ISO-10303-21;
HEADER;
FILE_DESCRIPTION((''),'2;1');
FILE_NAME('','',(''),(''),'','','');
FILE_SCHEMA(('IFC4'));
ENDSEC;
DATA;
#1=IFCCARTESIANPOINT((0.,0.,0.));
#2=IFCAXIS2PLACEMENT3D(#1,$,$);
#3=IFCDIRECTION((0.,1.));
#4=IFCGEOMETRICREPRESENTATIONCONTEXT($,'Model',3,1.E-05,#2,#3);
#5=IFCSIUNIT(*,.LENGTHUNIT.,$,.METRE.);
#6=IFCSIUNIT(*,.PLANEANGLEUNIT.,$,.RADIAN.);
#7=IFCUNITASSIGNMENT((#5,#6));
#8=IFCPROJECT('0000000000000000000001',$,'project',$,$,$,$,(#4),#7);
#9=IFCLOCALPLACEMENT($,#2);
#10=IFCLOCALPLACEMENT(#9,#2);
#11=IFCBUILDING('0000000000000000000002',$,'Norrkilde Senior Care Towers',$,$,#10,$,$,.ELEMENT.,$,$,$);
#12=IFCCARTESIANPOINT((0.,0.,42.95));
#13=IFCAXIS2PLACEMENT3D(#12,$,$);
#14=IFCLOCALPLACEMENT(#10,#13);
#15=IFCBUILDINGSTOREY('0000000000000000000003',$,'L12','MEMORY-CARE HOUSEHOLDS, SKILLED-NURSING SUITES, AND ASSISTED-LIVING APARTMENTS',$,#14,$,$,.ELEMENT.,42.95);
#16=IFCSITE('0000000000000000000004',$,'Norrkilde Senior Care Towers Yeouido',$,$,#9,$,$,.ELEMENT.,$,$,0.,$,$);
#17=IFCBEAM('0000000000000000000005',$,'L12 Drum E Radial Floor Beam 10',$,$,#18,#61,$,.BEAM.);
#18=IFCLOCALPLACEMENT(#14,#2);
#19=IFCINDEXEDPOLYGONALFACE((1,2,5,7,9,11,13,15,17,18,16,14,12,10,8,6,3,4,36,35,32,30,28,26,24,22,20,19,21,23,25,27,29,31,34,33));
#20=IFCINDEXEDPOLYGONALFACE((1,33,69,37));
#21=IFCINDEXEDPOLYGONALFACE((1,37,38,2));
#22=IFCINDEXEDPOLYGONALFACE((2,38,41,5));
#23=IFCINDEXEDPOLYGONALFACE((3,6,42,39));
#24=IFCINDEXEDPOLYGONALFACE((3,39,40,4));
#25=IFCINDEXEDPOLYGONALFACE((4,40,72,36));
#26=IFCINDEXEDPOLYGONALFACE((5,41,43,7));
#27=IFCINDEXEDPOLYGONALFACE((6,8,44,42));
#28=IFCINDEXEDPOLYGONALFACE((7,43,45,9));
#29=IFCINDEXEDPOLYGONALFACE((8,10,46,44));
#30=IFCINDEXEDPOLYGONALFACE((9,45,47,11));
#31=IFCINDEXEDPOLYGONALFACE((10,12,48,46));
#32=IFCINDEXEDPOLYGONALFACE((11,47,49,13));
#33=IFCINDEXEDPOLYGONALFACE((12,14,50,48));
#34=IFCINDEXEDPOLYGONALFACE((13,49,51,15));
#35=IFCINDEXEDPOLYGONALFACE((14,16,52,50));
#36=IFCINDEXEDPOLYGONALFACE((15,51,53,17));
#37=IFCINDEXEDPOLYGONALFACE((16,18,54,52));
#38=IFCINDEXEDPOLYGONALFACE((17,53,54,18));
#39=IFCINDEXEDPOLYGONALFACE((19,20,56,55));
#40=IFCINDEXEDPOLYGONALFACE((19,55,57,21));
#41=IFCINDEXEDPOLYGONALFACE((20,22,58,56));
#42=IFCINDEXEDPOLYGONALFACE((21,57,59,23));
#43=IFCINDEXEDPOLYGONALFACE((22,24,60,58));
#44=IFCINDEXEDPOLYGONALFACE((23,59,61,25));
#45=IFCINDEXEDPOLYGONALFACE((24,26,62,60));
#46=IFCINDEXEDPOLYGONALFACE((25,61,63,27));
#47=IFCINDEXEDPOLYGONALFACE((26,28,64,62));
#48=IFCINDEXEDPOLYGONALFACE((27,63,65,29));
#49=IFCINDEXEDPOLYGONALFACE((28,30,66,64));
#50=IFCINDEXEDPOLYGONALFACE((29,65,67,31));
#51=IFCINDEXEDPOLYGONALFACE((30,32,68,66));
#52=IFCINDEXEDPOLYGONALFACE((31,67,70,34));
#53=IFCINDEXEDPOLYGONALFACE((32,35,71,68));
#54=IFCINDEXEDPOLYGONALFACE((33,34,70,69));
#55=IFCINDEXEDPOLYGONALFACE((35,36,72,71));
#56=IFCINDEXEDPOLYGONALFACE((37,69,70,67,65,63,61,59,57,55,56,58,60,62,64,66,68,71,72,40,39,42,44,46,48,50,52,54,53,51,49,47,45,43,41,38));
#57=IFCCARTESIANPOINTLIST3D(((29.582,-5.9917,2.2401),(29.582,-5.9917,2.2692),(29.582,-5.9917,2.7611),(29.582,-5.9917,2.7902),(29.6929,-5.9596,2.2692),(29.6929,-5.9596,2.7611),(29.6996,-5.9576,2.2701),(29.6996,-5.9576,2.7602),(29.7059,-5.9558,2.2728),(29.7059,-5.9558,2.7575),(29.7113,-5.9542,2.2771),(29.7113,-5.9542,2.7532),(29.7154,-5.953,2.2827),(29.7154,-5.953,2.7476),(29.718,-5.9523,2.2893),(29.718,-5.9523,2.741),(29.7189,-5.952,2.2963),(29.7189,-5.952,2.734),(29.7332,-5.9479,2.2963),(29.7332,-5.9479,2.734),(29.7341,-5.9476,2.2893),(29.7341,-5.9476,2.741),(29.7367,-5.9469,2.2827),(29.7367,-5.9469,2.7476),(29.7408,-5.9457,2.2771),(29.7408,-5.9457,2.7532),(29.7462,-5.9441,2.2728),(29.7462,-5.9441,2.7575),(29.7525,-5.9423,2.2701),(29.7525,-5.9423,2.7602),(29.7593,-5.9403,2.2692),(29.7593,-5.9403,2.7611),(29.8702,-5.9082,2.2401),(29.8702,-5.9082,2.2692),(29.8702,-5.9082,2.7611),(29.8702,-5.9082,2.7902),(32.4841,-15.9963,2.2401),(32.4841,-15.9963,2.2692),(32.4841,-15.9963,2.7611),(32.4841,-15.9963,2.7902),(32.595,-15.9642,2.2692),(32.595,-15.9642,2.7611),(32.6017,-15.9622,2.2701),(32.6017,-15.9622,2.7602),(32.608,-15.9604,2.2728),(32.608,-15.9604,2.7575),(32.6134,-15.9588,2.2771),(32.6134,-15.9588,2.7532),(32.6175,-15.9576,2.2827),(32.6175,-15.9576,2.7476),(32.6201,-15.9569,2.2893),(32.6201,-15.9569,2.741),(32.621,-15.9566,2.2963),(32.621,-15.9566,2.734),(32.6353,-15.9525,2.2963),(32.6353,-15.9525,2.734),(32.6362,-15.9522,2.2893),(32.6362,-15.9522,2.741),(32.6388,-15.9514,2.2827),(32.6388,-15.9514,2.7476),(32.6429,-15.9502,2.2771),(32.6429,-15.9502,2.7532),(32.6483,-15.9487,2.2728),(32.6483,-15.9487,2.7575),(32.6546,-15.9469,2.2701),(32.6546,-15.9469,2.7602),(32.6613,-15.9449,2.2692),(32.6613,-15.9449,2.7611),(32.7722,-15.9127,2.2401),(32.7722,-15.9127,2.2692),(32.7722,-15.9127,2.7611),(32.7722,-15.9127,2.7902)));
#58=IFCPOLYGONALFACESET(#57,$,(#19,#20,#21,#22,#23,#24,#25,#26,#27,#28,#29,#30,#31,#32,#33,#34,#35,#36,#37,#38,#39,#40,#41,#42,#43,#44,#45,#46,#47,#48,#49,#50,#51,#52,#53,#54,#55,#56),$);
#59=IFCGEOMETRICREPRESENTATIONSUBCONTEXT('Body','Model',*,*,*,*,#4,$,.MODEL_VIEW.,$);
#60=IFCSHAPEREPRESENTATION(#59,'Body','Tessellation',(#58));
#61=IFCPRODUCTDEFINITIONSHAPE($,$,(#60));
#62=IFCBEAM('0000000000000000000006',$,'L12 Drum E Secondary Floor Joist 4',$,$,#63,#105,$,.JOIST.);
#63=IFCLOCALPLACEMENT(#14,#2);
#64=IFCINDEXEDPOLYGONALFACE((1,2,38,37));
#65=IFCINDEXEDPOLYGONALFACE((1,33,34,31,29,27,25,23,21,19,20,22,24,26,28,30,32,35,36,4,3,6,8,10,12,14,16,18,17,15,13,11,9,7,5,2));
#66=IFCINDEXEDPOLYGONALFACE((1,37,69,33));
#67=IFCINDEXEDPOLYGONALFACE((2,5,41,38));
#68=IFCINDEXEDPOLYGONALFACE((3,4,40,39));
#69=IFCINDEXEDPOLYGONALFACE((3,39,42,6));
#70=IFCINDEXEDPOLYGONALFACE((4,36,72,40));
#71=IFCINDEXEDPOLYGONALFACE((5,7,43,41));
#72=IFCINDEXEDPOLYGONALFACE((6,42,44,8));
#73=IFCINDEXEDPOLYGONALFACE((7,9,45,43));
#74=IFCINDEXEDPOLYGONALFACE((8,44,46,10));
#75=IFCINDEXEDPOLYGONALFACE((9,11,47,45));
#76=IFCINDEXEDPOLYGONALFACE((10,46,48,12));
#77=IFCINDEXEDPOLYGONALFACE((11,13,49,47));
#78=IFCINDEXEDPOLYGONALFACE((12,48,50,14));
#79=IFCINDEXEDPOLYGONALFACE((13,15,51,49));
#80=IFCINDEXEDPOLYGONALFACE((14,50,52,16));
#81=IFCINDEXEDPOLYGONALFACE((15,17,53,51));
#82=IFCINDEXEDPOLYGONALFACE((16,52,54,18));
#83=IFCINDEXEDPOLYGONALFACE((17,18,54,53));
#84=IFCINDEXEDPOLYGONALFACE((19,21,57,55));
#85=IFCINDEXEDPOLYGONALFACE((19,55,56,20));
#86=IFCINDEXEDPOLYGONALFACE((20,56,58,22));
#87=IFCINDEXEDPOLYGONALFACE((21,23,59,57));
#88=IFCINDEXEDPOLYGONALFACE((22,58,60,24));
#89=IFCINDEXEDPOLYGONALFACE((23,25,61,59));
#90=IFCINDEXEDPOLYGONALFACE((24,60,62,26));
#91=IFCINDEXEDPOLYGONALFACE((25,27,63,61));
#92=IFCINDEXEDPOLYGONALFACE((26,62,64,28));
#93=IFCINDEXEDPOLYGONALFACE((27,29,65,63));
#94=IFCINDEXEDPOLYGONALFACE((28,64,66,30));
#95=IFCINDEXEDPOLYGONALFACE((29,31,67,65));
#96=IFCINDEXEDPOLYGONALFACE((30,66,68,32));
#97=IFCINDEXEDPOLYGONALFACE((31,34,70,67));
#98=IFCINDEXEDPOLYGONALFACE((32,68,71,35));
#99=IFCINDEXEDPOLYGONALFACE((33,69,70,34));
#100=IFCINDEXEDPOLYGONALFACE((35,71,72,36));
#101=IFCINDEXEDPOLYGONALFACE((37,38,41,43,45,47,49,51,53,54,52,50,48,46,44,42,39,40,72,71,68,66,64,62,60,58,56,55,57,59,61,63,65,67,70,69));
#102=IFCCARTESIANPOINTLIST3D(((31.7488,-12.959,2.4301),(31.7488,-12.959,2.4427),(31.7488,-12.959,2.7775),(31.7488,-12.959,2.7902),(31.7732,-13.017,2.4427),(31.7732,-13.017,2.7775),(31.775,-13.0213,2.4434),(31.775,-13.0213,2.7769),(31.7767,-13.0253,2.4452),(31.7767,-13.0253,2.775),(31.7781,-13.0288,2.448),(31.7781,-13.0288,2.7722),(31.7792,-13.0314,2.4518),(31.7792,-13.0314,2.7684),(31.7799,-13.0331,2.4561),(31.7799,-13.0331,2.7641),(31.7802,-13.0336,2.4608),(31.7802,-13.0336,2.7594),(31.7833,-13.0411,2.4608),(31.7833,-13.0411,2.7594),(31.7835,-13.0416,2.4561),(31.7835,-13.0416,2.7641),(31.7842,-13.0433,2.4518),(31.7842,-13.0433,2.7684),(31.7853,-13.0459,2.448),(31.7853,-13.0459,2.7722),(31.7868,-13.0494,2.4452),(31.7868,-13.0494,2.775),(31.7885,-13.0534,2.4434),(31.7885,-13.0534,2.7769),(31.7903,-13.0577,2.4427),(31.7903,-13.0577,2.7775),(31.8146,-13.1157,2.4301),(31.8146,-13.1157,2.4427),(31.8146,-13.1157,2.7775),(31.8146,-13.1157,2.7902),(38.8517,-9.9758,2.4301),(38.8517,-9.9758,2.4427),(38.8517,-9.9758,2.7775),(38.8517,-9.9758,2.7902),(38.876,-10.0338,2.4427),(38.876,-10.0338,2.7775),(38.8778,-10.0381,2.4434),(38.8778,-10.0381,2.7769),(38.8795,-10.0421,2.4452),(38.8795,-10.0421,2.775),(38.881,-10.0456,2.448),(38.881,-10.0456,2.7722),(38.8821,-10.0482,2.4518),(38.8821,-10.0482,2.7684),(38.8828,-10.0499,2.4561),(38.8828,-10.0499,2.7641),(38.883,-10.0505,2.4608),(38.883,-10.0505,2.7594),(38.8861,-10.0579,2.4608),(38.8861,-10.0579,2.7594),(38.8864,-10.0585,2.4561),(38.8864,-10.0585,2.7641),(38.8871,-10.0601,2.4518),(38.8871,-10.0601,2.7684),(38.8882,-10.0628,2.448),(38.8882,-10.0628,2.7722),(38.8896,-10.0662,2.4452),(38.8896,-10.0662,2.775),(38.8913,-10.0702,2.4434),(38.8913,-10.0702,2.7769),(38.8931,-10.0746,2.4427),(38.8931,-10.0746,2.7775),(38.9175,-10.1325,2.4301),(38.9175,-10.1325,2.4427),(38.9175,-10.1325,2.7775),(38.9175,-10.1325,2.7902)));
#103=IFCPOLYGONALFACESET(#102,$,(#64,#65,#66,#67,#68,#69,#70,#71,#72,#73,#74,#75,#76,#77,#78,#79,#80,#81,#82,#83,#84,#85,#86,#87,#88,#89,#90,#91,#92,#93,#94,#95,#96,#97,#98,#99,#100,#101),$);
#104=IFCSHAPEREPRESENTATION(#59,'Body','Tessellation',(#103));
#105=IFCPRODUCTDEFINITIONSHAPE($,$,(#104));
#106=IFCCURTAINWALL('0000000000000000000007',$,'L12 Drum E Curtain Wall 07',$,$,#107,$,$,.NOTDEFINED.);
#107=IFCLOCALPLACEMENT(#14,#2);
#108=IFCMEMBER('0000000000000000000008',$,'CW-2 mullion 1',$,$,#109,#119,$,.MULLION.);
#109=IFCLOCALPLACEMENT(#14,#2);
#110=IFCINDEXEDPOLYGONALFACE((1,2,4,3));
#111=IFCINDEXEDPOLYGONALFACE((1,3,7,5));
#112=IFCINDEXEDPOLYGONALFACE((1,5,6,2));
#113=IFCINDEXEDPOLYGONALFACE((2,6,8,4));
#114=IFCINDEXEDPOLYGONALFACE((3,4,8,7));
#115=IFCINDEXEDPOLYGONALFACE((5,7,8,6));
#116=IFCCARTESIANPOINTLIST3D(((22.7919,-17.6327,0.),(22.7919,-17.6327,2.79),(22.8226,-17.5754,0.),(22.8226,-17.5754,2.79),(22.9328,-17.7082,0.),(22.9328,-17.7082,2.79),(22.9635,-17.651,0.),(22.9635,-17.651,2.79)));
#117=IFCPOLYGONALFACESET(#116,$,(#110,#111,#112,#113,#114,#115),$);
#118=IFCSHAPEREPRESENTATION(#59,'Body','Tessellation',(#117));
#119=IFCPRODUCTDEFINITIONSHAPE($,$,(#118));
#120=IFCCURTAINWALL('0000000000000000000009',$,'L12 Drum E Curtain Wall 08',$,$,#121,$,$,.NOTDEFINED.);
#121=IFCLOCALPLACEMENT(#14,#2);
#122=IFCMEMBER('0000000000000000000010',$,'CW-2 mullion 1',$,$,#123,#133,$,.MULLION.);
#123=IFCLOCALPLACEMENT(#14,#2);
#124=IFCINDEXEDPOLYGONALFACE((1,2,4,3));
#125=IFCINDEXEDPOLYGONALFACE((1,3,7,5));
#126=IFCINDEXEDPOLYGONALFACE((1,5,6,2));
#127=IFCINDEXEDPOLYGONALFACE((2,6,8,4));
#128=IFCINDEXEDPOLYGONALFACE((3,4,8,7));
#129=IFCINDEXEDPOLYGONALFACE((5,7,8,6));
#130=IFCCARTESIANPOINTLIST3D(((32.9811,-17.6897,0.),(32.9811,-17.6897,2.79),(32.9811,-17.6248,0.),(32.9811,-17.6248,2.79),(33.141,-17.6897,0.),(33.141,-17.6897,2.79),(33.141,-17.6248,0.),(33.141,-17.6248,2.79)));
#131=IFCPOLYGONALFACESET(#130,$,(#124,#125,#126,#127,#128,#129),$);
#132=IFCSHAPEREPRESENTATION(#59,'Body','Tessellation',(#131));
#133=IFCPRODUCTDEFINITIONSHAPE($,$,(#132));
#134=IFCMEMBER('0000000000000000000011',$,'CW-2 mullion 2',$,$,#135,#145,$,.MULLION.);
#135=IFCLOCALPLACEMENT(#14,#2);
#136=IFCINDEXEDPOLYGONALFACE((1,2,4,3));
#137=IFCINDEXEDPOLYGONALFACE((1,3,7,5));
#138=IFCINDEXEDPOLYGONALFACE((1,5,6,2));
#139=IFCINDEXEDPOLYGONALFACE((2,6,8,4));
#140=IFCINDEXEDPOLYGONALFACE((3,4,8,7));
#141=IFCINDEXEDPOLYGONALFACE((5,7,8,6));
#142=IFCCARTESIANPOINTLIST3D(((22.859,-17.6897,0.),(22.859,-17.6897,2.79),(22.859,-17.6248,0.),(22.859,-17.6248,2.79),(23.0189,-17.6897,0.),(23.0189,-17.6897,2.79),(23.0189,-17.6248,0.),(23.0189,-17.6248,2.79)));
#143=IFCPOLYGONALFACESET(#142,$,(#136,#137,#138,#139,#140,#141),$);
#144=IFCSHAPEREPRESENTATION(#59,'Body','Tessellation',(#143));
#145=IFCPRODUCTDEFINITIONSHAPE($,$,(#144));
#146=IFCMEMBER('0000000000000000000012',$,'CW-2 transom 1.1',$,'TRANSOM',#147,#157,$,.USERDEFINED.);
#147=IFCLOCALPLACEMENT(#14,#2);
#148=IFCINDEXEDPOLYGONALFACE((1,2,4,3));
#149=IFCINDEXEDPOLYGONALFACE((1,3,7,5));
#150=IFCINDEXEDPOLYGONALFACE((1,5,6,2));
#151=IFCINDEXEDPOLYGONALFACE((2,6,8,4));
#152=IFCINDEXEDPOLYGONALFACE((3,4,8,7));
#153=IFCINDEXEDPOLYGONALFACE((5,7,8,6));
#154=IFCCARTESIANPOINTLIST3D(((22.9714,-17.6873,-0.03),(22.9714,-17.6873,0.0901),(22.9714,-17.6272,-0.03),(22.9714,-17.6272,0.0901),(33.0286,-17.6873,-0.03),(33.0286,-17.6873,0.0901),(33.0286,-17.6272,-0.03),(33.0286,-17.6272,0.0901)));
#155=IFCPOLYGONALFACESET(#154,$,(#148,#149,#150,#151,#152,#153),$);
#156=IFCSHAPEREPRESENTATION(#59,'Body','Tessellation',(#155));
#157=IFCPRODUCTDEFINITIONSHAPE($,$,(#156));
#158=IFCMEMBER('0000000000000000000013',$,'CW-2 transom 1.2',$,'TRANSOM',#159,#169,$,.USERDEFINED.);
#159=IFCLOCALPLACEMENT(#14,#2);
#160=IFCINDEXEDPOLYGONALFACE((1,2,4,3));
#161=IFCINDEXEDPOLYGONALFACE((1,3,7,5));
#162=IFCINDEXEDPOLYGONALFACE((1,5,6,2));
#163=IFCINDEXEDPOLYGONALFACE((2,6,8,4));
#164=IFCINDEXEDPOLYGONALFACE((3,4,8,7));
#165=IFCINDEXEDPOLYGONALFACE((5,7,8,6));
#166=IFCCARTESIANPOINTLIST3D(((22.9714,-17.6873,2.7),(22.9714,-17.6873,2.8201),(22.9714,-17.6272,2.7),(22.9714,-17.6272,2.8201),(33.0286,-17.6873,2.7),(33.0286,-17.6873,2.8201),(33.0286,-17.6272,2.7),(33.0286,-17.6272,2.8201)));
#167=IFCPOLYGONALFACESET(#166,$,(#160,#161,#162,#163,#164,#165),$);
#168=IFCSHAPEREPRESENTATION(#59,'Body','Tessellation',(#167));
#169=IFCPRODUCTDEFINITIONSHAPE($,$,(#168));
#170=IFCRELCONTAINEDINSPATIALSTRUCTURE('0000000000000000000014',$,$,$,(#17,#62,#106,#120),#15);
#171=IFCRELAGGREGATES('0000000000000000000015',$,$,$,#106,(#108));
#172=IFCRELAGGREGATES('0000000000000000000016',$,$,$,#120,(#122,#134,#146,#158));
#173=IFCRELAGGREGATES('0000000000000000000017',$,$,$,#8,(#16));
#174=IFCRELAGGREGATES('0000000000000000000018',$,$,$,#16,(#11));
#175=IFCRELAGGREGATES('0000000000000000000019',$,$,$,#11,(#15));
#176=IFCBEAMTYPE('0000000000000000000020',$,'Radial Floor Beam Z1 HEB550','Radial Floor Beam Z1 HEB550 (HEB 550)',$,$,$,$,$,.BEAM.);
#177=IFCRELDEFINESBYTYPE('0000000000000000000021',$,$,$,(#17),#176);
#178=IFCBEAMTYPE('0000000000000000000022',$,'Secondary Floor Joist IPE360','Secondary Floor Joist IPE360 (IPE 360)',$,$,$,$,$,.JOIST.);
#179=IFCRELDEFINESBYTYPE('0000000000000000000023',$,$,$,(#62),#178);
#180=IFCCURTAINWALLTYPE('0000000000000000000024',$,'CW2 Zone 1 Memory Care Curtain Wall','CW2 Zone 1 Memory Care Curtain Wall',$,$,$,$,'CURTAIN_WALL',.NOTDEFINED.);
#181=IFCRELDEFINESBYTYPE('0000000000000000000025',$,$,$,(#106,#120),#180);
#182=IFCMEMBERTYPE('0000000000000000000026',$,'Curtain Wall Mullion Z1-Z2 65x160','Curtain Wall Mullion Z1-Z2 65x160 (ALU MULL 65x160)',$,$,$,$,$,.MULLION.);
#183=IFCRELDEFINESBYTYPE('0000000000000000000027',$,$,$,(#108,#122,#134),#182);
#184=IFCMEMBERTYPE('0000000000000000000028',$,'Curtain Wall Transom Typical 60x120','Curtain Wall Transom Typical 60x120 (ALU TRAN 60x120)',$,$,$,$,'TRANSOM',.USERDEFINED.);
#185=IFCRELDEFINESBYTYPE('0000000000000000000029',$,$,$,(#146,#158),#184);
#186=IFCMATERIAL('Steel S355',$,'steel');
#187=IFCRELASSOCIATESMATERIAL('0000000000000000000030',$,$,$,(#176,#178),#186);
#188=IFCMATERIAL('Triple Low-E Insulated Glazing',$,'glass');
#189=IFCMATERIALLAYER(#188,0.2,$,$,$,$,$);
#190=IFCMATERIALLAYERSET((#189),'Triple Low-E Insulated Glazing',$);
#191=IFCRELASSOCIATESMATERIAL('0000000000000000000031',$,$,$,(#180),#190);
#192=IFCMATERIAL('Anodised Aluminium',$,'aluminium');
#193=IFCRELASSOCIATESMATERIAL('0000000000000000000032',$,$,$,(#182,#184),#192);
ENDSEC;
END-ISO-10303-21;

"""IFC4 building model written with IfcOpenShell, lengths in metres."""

from ifc_helpers import new_model, si_unit, direction, frame, origin, origin_2d, place, context, subcontext, project, spatial, rectangle, i_section, extrude, source, transform, mapped, material, layer, layer_set, material_profile, profile_set, type_object, type_shapes, element, aggregate, save


model = new_model("IFC4")

# Units and contexts
model_context = context("Model", 3, precision=1e-05, world=origin(), true_north=direction((0.0, 1.0)))
body_context = subcontext(model_context, "Body", "Model", "MODEL_VIEW")
ifc_project = project(units=[si_unit("LENGTHUNIT", "METRE"), si_unit("PLANEANGLEUNIT", "RADIAN")], contexts=[model_context])

# Site, building, storey
site_placement = place(None, origin())
site = spatial("IfcSite", under=ifc_project, at=site_placement, Name="Norrkilde Senior Care Towers Yeouido", CompositionType="ELEMENT", RefElevation=0.0)
building_placement = place(site_placement, origin())
building = spatial("IfcBuilding", under=site, at=building_placement, Name="Norrkilde Senior Care Towers", CompositionType="ELEMENT")
storey_placement = place(building_placement, frame((0.0, 0.0, 42.95)))
storey = spatial("IfcBuildingStorey", under=building, at=storey_placement, Name="L12", Description="MEMORY-CARE HOUSEHOLDS, SKILLED-NURSING SUITES, AND ASSISTED-LIVING APARTMENTS", CompositionType="ELEMENT", Elevation=42.95)

# Beams
ifc_material_1 = material(Name="Steel S355", Category="steel")
ifc_material_profile_1 = material_profile(ifc_material_1, i_section(OverallWidth=0.3, OverallDepth=0.55, WebThickness=0.0149, FlangeThickness=0.0291, FilletRadius=0.0271, at=origin_2d()), Name="HEB 550")
ifc_profile_set_1 = profile_set([ifc_material_profile_1], Name="Steel S355")
beam_type_1 = type_object("IfcBeamType", Name="Radial Floor Beam Z1 HEB550", Description="Radial Floor Beam Z1 HEB550 (HEB 550)", PredefinedType="BEAM", material=ifc_profile_set_1)
shared_shape_1 = source(origin(), body_context, "Body", "SweptSolid", [
    extrude(i_section(OverallWidth=0.3, OverallDepth=0.55, WebThickness=0.0149, FlangeThickness=0.0291, FilletRadius=0.0271, at=origin_2d()), origin(), (0.0, 0.0, 1.0), 10.417),
])
type_shapes(beam_type_1, [shared_shape_1])
for number, where, z_axis, x_axis, name in (
    (1, (29.7261, -5.95, 2.5151), (0.278591, -0.96041, 0.0), (0.96041, 0.278591, 0.0), "L12 Drum E Radial Floor Beam 10"),
):
    element("IfcBeam", number, at=place(storey_placement, frame(where, z_axis=z_axis, x_axis=x_axis)), inside=storey, type_object=beam_type_1, Name=name, PredefinedType="BEAM", context=body_context, shape_type="MappedRepresentation", body=[
        mapped(shared_shape_1, transform((0.0, 0.0, 0.0), x_axis=(1.0, 0.0, 0.0), y_axis=(0.0, 1.0, 0.0), z_axis=(0.0, 0.0, 1.0), scale=1.0)),
    ])
ifc_material_profile_2 = material_profile(ifc_material_1, i_section(OverallWidth=0.1699, OverallDepth=0.3601, WebThickness=0.0081, FlangeThickness=0.0127, FilletRadius=0.0181, at=origin_2d()), Name="IPE 360")
ifc_profile_set_2 = profile_set([ifc_material_profile_2], Name="Steel S355")
beam_type_2 = type_object("IfcBeamType", Name="Secondary Floor Joist IPE360", Description="Secondary Floor Joist IPE360 (IPE 360)", PredefinedType="JOIST", material=ifc_profile_set_2)
shared_shape_2 = source(origin(), body_context, "Body", "SweptSolid", [
    extrude(i_section(OverallWidth=0.1699, OverallDepth=0.3601, WebThickness=0.0081, FlangeThickness=0.0127, FilletRadius=0.0181, at=origin_2d()), origin(), (0.0, 0.0, 1.0), 7.7039),
])
type_shapes(beam_type_2, [shared_shape_2])
beam_1_placement = place(storey_placement, frame((31.7817, -13.0374, 2.6101), z_axis=(0.921983, 0.387231, 0.0), x_axis=(-0.387231, 0.921983, 0.0)))
element("IfcBeam", 2, at=beam_1_placement, inside=storey, type_object=beam_type_2, Name="L12 Drum E Secondary Floor Joist 4", PredefinedType="JOIST", context=body_context, shape_type="MappedRepresentation", body=[
    mapped(shared_shape_2, transform((0.0, 0.0, 0.0), x_axis=(1.0, 0.0, 0.0), y_axis=(0.0, 1.0, 0.0), z_axis=(0.0, 0.0, 1.0), scale=1.0)),
])

# Curtain wall, member
ifc_material_2 = material(Name="Triple Low-E Insulated Glazing", Category="glass")
ifc_layer_1 = layer(ifc_material_2, 0.2)
ifc_layer_set_1 = layer_set([ifc_layer_1], Name="Triple Low-E Insulated Glazing")
curtain_wall_type = type_object("IfcCurtainWallType", Name="CW2 Zone 1 Memory Care Curtain Wall", Description="CW2 Zone 1 Memory Care Curtain Wall", ElementType="CURTAIN_WALL", PredefinedType="NOTDEFINED", material=ifc_layer_set_1)
curtain_wall_1_placement = place(storey_placement, origin())
curtain_wall_1 = element("IfcCurtainWall", 3, at=curtain_wall_1_placement, inside=storey, type_object=curtain_wall_type, Name="L12 Drum E Curtain Wall 07", PredefinedType="NOTDEFINED")
ifc_material_3 = material(Name="Anodised Aluminium", Category="aluminium")
ifc_material_profile_3 = material_profile(ifc_material_3, rectangle(XDim=0.0649, YDim=0.1599, at=origin_2d()), Name="ALU MULL 65x160")
ifc_profile_set_3 = profile_set([ifc_material_profile_3], Name="Anodised Aluminium")
member_type_1 = type_object("IfcMemberType", Name="Curtain Wall Mullion Z1-Z2 65x160", Description="Curtain Wall Mullion Z1-Z2 65x160 (ALU MULL 65x160)", PredefinedType="MULLION", material=ifc_profile_set_3)
shared_shape_3 = source(origin(), body_context, "Body", "SweptSolid", [
    extrude(rectangle(XDim=0.0649, YDim=0.1599, at=origin_2d()), origin(), (0.0, 0.0, 1.0), 2.79),
])
type_shapes(member_type_1, [shared_shape_3])
member_1_placement = place(storey_placement, frame((22.8777, -17.6418, 0.0), z_axis=(0.0, 0.0, 1.0), x_axis=(-0.472608, -0.881273, 0.0)))
member_1 = element("IfcMember", 4, at=member_1_placement, type_object=member_type_1, Name="CW-2 mullion 1", PredefinedType="MULLION", context=body_context, shape_type="MappedRepresentation", body=[
    mapped(shared_shape_3, transform((0.0, 0.0, 0.0), x_axis=(1.0, 0.0, 0.0), y_axis=(0.0, 1.0, 0.0), z_axis=(0.0, 0.0, 1.0), scale=1.0)),
])
aggregate(curtain_wall_1, [member_1])

# Curtain wall, members
curtain_wall_2_placement = place(storey_placement, origin())
curtain_wall_2 = element("IfcCurtainWall", 5, at=curtain_wall_2_placement, inside=storey, type_object=curtain_wall_type, Name="L12 Drum E Curtain Wall 08", PredefinedType="NOTDEFINED")
member_2_placement = place(storey_placement, frame((33.061, -17.6572, 0.0), z_axis=(0.0, 0.0, 1.0), x_axis=(0.0, -1.0, 0.0)))
member_2 = element("IfcMember", 6, at=member_2_placement, type_object=member_type_1, Name="CW-2 mullion 1", PredefinedType="MULLION", context=body_context, shape_type="MappedRepresentation", body=[
    mapped(shared_shape_3, transform((0.0, 0.0, 0.0), x_axis=(1.0, 0.0, 0.0), y_axis=(0.0, 1.0, 0.0), z_axis=(0.0, 0.0, 1.0), scale=1.0)),
])
member_3_placement = place(storey_placement, frame((22.939, -17.6572, 0.0), z_axis=(0.0, 0.0, 1.0), x_axis=(0.0, -1.0, 0.0)))
member_3 = element("IfcMember", 7, at=member_3_placement, type_object=member_type_1, Name="CW-2 mullion 2", PredefinedType="MULLION", context=body_context, shape_type="MappedRepresentation", body=[
    mapped(shared_shape_3, transform((0.0, 0.0, 0.0), x_axis=(1.0, 0.0, 0.0), y_axis=(0.0, 1.0, 0.0), z_axis=(0.0, 0.0, 1.0), scale=1.0)),
])
ifc_material_profile_4 = material_profile(ifc_material_3, rectangle(XDim=0.0601, YDim=0.1201, at=origin_2d()), Name="ALU TRAN 60x120")
ifc_profile_set_4 = profile_set([ifc_material_profile_4], Name="Anodised Aluminium")
member_type_2 = type_object("IfcMemberType", Name="Curtain Wall Transom Typical 60x120", Description="Curtain Wall Transom Typical 60x120 (ALU TRAN 60x120)", ElementType="TRANSOM", PredefinedType="USERDEFINED", material=ifc_profile_set_4)
shared_shape_4 = source(origin(), body_context, "Body", "SweptSolid", [
    extrude(rectangle(XDim=0.0601, YDim=0.1201, at=origin_2d()), origin(), (0.0, 0.0, 1.0), 10.0571),
])
type_shapes(member_type_2, [shared_shape_4])
member_4_placement = place(storey_placement, frame((33.0286, -17.6572, 0.03), z_axis=(-1.0, 0.0, 0.0), x_axis=(0.0, -1.0, 0.0)))
member_4 = element("IfcMember", 8, at=member_4_placement, type_object=member_type_2, Name="CW-2 transom 1.1", ObjectType="TRANSOM", PredefinedType="USERDEFINED", context=body_context, shape_type="MappedRepresentation", body=[
    mapped(shared_shape_4, transform((0.0, 0.0, 0.0), x_axis=(1.0, 0.0, 0.0), y_axis=(0.0, 1.0, 0.0), z_axis=(0.0, 0.0, 1.0), scale=1.0)),
])
member_5_placement = place(storey_placement, frame((33.0286, -17.6572, 2.76), z_axis=(-1.0, 0.0, 0.0), x_axis=(0.0, -1.0, 0.0)))
member_5 = element("IfcMember", 9, at=member_5_placement, type_object=member_type_2, Name="CW-2 transom 1.2", ObjectType="TRANSOM", PredefinedType="USERDEFINED", context=body_context, shape_type="MappedRepresentation", body=[
    mapped(shared_shape_4, transform((0.0, 0.0, 0.0), x_axis=(1.0, 0.0, 0.0), y_axis=(0.0, 1.0, 0.0), z_axis=(0.0, 0.0, 1.0), scale=1.0)),
])
aggregate(curtain_wall_2, [member_2, member_3, member_4, member_5])

save(model, "model.ifc")
